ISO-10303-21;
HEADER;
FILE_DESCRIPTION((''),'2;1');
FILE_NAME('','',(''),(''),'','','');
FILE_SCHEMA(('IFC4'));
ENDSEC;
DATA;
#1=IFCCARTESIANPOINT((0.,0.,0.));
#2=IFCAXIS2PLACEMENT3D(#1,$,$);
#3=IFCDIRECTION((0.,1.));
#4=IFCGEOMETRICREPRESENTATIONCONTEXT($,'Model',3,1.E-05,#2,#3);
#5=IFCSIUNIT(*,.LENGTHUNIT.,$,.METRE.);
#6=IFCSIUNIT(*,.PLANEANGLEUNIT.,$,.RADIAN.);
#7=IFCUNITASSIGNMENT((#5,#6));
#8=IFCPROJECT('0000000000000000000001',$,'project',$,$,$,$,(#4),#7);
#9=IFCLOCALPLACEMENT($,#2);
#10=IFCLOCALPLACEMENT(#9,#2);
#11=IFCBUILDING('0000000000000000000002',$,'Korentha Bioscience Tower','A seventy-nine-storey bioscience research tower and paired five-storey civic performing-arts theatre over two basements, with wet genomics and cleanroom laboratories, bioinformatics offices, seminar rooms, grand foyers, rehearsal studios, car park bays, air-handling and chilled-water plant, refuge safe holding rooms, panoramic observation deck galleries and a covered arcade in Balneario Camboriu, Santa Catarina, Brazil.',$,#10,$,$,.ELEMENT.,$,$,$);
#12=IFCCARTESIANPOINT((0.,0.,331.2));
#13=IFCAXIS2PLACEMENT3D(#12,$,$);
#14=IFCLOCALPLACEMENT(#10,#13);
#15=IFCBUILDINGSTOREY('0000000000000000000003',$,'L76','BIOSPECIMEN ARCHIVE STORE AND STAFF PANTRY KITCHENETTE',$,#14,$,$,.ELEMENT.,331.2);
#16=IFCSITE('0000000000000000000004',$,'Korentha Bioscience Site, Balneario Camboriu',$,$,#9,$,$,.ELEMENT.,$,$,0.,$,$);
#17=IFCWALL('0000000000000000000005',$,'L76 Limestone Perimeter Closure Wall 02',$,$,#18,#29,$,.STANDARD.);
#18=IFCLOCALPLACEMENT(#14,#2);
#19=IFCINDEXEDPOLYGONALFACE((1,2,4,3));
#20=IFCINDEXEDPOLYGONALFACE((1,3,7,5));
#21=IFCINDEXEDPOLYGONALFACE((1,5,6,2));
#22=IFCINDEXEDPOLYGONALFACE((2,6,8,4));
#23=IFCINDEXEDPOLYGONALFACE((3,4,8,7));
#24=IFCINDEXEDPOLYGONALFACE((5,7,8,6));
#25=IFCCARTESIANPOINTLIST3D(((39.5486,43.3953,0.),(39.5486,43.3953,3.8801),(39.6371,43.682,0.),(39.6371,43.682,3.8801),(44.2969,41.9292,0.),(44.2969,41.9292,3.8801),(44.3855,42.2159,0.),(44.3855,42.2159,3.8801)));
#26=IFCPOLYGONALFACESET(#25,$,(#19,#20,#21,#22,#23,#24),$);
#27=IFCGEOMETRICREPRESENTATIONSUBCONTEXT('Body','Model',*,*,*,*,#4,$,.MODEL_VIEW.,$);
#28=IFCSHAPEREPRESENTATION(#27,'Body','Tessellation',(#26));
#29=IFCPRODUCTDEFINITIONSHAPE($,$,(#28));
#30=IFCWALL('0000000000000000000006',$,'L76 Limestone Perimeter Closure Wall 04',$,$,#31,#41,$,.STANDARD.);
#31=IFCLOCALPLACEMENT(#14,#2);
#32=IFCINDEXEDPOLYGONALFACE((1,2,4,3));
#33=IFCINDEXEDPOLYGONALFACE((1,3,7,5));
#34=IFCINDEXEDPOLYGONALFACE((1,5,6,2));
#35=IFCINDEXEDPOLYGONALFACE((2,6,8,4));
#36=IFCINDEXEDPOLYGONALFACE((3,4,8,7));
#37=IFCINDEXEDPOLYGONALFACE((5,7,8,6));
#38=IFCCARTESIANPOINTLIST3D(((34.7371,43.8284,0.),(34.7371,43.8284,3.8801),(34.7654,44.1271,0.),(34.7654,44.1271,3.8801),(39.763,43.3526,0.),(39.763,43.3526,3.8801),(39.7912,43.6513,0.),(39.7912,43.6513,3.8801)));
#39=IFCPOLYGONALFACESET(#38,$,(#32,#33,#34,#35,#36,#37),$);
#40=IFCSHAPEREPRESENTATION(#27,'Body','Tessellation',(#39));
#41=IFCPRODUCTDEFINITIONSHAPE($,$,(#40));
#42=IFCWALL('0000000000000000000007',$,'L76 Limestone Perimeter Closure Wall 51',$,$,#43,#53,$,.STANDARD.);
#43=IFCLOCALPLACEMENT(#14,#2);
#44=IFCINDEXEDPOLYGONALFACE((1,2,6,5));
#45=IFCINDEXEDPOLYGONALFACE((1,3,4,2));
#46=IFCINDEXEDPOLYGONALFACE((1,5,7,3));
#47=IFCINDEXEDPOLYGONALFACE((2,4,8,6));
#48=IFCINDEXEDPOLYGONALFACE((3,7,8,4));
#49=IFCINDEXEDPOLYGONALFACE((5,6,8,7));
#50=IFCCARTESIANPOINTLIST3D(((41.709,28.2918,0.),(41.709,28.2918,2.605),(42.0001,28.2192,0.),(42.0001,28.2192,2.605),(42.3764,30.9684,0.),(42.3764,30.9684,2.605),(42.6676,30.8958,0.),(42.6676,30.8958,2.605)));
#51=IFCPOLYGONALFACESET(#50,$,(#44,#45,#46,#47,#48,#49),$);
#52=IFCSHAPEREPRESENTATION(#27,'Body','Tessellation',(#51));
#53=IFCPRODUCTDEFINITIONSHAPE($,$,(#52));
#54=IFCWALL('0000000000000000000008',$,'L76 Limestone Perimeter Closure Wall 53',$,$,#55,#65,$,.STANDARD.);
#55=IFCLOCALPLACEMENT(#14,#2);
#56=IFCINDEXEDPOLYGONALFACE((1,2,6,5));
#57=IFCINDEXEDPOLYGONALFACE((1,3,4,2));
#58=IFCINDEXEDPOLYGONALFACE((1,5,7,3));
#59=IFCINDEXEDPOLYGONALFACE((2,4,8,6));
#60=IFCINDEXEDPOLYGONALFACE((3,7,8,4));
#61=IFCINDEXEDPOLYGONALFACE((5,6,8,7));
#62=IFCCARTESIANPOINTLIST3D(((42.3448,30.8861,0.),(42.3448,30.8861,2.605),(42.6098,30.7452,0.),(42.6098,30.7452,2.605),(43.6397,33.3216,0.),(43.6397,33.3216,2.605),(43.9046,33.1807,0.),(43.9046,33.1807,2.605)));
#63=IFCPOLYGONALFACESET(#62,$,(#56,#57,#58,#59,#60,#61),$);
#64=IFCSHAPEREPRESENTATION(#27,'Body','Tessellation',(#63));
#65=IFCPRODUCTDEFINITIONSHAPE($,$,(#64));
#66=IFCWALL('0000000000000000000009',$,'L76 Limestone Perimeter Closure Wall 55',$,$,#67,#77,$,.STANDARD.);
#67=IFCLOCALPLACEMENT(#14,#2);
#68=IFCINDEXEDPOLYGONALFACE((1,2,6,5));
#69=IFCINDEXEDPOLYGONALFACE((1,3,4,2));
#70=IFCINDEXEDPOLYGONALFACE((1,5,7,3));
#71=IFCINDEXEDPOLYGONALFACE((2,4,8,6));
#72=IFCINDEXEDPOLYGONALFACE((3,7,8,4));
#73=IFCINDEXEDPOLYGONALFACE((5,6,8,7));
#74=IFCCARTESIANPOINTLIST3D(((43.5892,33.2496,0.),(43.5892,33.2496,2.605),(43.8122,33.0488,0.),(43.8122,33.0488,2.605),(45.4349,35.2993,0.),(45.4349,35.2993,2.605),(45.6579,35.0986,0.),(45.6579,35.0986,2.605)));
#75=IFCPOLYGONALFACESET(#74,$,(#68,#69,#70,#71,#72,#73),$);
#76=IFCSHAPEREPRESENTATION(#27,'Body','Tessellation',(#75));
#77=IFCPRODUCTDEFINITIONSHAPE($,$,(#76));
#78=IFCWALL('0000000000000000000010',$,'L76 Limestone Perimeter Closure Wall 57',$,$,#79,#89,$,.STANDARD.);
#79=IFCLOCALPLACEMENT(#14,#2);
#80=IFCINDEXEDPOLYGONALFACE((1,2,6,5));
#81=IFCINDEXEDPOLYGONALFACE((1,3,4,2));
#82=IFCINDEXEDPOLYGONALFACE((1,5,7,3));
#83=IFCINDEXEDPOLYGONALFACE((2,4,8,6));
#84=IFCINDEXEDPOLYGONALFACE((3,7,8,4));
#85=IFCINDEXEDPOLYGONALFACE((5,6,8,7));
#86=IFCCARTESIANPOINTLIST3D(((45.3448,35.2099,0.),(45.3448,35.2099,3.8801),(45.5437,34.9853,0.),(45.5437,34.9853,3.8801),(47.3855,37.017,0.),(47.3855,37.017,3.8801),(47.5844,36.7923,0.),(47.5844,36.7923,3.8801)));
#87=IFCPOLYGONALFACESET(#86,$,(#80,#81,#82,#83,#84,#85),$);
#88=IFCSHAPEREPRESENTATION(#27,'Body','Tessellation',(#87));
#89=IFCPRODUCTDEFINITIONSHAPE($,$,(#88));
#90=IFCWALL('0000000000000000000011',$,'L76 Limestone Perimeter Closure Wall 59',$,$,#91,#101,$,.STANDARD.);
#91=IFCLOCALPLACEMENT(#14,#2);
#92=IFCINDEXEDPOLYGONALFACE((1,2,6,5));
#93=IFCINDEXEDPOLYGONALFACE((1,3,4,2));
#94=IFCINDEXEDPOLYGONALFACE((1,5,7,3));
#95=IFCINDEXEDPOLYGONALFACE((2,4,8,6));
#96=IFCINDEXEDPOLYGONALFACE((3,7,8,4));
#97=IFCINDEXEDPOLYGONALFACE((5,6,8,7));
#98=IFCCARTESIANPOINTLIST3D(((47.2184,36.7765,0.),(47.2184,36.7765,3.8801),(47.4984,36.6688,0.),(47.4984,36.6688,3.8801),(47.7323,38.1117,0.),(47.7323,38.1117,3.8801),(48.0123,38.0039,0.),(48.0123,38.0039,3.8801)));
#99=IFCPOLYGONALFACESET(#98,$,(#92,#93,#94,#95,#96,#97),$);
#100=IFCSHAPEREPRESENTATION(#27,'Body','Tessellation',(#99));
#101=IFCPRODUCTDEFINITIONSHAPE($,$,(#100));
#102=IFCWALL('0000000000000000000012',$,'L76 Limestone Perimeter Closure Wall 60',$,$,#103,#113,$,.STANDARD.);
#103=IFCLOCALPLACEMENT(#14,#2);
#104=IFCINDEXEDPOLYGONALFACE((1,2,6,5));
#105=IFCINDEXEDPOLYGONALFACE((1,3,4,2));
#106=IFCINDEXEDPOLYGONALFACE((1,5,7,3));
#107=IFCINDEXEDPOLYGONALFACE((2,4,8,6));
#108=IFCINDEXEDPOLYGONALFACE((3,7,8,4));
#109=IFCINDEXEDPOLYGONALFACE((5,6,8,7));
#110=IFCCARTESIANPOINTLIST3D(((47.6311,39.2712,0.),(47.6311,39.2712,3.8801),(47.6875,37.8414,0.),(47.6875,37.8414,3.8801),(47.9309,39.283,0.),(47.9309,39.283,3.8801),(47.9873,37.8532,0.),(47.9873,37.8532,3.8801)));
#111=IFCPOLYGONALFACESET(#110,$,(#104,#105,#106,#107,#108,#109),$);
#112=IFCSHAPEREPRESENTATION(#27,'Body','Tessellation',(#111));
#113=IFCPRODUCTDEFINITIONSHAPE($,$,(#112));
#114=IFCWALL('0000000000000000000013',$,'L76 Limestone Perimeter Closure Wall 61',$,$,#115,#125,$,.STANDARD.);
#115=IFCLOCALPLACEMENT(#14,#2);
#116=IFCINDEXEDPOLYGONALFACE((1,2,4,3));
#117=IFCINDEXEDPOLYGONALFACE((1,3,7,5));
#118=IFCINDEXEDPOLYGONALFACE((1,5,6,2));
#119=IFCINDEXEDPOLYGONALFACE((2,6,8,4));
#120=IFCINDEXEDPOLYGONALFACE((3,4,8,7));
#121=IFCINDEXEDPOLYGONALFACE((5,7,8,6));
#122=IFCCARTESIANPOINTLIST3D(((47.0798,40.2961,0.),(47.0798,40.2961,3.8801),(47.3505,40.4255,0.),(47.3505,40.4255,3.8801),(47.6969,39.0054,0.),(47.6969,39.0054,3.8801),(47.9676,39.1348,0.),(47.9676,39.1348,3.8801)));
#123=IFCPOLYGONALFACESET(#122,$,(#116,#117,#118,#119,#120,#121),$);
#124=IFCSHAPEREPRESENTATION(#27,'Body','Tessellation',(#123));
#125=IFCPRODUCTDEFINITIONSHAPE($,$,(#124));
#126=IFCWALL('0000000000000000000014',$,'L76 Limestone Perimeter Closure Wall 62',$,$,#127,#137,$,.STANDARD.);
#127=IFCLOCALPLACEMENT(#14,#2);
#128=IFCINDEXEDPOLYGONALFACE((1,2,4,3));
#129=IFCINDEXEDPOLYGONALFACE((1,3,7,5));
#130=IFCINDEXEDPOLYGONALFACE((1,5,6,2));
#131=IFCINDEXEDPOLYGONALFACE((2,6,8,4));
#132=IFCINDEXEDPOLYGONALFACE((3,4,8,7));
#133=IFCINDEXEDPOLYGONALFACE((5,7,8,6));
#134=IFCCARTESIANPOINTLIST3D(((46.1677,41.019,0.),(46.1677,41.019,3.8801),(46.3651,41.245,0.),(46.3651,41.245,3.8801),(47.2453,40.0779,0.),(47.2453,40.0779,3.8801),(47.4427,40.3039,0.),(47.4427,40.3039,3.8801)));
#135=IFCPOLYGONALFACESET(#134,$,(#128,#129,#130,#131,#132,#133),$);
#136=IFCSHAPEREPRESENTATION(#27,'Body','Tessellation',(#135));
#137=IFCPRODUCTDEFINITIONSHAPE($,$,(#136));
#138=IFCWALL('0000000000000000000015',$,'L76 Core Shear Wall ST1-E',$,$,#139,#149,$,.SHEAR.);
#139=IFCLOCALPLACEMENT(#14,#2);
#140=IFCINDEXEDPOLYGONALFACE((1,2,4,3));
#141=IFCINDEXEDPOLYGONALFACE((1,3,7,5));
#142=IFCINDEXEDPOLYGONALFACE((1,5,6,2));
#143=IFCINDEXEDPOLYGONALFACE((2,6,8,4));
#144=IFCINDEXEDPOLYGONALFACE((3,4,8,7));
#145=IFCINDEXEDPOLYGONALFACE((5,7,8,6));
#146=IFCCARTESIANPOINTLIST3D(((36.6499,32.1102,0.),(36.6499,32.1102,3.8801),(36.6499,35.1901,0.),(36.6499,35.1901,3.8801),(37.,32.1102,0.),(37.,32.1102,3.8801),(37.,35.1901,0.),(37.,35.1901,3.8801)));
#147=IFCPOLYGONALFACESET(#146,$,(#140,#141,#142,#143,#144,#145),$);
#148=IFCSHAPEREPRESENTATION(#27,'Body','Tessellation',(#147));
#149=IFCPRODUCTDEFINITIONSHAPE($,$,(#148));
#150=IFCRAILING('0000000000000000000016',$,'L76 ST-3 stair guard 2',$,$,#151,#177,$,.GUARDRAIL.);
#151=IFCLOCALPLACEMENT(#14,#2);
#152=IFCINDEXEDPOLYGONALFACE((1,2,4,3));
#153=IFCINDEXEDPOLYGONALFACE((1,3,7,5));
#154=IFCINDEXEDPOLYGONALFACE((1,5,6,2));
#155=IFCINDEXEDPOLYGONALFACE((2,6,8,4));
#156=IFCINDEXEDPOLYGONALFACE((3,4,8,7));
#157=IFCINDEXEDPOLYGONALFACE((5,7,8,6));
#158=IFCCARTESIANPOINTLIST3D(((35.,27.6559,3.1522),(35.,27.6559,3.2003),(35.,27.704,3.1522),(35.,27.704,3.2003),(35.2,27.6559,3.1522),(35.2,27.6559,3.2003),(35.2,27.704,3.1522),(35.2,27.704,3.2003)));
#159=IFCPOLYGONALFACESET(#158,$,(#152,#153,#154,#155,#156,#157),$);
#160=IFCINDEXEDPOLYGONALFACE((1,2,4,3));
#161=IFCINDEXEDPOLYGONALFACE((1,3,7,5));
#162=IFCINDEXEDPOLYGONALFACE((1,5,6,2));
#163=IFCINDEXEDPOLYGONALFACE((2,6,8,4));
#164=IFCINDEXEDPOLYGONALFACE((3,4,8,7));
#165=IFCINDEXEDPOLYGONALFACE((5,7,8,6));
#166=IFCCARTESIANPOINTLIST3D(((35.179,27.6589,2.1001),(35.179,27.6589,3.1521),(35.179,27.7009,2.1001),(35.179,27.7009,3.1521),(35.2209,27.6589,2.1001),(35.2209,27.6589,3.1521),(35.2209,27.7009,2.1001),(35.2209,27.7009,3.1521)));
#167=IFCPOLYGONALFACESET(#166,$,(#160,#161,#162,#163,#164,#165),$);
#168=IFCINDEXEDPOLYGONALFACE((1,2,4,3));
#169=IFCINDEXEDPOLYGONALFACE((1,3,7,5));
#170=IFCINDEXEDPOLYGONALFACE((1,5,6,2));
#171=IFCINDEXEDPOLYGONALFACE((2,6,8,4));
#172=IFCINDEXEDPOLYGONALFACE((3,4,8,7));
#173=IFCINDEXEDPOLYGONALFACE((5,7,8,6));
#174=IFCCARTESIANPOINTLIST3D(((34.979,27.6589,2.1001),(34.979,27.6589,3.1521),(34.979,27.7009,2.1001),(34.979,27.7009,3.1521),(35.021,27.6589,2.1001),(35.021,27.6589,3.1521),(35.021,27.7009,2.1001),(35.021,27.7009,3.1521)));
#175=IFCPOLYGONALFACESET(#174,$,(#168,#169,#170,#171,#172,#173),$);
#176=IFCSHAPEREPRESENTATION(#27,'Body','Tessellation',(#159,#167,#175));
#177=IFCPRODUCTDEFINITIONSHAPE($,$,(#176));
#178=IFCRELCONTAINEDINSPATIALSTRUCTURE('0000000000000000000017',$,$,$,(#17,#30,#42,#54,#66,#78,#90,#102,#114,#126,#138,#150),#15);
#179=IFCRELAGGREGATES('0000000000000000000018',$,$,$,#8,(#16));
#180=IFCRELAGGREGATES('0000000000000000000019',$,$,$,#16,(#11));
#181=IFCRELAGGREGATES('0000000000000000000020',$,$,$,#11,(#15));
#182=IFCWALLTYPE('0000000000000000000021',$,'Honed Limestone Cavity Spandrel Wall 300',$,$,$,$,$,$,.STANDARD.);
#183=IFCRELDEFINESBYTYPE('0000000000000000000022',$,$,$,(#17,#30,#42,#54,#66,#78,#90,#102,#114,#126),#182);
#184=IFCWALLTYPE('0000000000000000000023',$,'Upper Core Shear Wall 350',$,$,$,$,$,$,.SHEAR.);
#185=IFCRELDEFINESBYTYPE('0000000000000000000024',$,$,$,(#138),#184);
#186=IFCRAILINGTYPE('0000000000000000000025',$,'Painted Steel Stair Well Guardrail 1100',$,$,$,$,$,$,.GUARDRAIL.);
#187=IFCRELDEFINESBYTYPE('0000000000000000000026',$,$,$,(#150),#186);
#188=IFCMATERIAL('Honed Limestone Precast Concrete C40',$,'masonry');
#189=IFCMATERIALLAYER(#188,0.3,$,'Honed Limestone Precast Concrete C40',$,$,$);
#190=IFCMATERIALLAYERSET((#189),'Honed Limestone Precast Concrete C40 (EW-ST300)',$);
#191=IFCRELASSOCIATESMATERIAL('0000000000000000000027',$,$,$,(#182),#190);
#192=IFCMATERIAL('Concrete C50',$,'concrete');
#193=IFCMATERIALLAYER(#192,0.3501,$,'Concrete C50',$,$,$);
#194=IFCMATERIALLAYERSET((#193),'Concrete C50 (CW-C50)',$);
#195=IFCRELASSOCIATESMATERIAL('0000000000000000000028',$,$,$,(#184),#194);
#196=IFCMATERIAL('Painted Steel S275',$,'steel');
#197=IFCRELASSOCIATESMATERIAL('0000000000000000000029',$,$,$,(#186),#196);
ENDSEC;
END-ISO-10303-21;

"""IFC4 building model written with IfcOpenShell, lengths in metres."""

from ifc_helpers import new_model, si_unit, direction, frame, frame_2d, origin, origin_2d, place, context, subcontext, project, spatial, rectangle, extrude, material, layer, layer_set, type_object, element, save


model = new_model("IFC4")

# Units and contexts
model_context = context("Model", 3, precision=1e-05, world=origin(), true_north=direction((0.0, 1.0)))
body_context = subcontext(model_context, "Body", "Model", "MODEL_VIEW")
ifc_project = project(units=[si_unit("LENGTHUNIT", "METRE"), si_unit("PLANEANGLEUNIT", "RADIAN")], contexts=[model_context])

# Site, building, storey
site_placement = place(None, origin())
site = spatial("IfcSite", under=ifc_project, at=site_placement, Name="Korentha Bioscience Site, Balneario Camboriu", CompositionType="ELEMENT", RefElevation=0.0)
building_placement = place(site_placement, origin())
building = spatial("IfcBuilding", under=site, at=building_placement, Name="Korentha Bioscience Tower", Description="A seventy-nine-storey bioscience research tower and paired five-storey civic performing-arts theatre over two basements, with wet genomics and cleanroom laboratories, bioinformatics offices, seminar rooms, grand foyers, rehearsal studios, car park bays, air-handling and chilled-water plant, refuge safe holding rooms, panoramic observation deck galleries and a covered arcade in Balneario Camboriu, Santa Catarina, Brazil.", CompositionType="ELEMENT")
storey_placement = place(building_placement, frame((0.0, 0.0, 331.2)))
storey = spatial("IfcBuildingStorey", under=building, at=storey_placement, Name="L76", Description="BIOSPECIMEN ARCHIVE STORE AND STAFF PANTRY KITCHENETTE", CompositionType="ELEMENT", Elevation=331.2)

# Shared definitions
ifc_material_1 = material(Name="Concrete C50", Category="concrete")

# Walls
ifc_material_2 = material(Name="Honed Limestone Precast Concrete C40", Category="masonry")
ifc_layer_1 = layer(ifc_material_2, 0.3, Name="Honed Limestone Precast Concrete C40")
ifc_layer_set_1 = layer_set([ifc_layer_1], Name="Honed Limestone Precast Concrete C40 (EW-ST300)")
wall_type_1 = type_object("IfcWallType", Name="Honed Limestone Cavity Spandrel Wall 300", PredefinedType="STANDARD", material=ifc_layer_set_1)
wall_1_placement = place(storey_placement, frame((44.3413, 42.0725, 0.0), z_axis=(0.0, 0.0, 1.0), x_axis=(-0.955493, 0.295014, 0.0)))
element("IfcWall", 1, at=wall_1_placement, inside=storey, type_object=wall_type_1, Name="L76 Limestone Perimeter Closure Wall 02", PredefinedType="STANDARD", context=body_context, shape_type="SweptSolid", body=[
    extrude(rectangle(XDim=4.9695, YDim=0.3, at=frame_2d((2.4849, 0.0))), origin(), (0.0, 0.0, 1.0), 3.8801),
])
wall_2_placement = place(storey_placement, frame((39.7771, 43.502, 0.0), z_axis=(0.0, 0.0, 1.0), x_axis=(-0.995548, 0.094255, 0.0)))
element("IfcWall", 2, at=wall_2_placement, inside=storey, type_object=wall_type_1, Name="L76 Limestone Perimeter Closure Wall 04", PredefinedType="STANDARD", context=body_context, shape_type="SweptSolid", body=[
    extrude(rectangle(XDim=5.0483, YDim=0.3, at=frame_2d((2.5242, 0.0))), origin(), (0.0, 0.0, 1.0), 3.8801),
])
wall_3_placement = place(storey_placement, frame((41.8545, 28.2554, 0.0), z_axis=(0.0, 0.0, 1.0), x_axis=(0.241973, 0.970283, 0.0)))
element("IfcWall", 3, at=wall_3_placement, inside=storey, type_object=wall_type_1, Name="L76 Limestone Perimeter Closure Wall 51", PredefinedType="STANDARD", context=body_context, shape_type="SweptSolid", body=[
    extrude(rectangle(XDim=2.7585, YDim=0.3, at=frame_2d((1.3794, 0.0))), origin(), (0.0, 0.0, 1.0), 2.605),
])
for number, where, z_axis, x_axis, name in (
    (4, (42.4773, 30.8157, 0.0), (0.0, 0.0, 1.0), (0.469449, 0.88296, 0.0), "L76 Limestone Perimeter Closure Wall 53"),
    (5, (43.7007, 33.1492, 0.0), (0.0, 0.0, 1.0), (0.669141, 0.743136, 0.0), "L76 Limestone Perimeter Closure Wall 55"),
):
    element("IfcWall", number, at=place(storey_placement, frame(where, z_axis=z_axis, x_axis=x_axis)), inside=storey, type_object=wall_type_1, Name=name, PredefinedType="STANDARD", context=body_context, shape_type="SweptSolid", body=[
        extrude(rectangle(XDim=2.7583, YDim=0.3, at=frame_2d((1.3792, 0.0))), origin(), (0.0, 0.0, 1.0), 2.605),
    ])
wall_4_placement = place(storey_placement, frame((45.4443, 35.0977, 0.0), z_axis=(0.0, 0.0, 1.0), x_axis=(0.748663, 0.662951, 0.0)))
element("IfcWall", 6, at=wall_4_placement, inside=storey, type_object=wall_type_1, Name="L76 Limestone Perimeter Closure Wall 57", PredefinedType="STANDARD", context=body_context, shape_type="SweptSolid", body=[
    extrude(rectangle(XDim=2.7258, YDim=0.3, at=frame_2d((1.3628, 0.0))), origin(), (0.0, 0.0, 1.0), 3.8801),
])
wall_5_placement = place(storey_placement, frame((47.3584, 36.7227, 0.0), z_axis=(0.0, 0.0, 1.0), x_axis=(0.359208, 0.933258, 0.0)))
element("IfcWall", 7, at=wall_5_placement, inside=storey, type_object=wall_type_1, Name="L76 Limestone Perimeter Closure Wall 59", PredefinedType="STANDARD", context=body_context, shape_type="SweptSolid", body=[
    extrude(rectangle(XDim=1.4307, YDim=0.3, at=frame_2d((0.7153, 0.0))), origin(), (0.0, 0.0, 1.0), 3.8801),
])
wall_6_placement = place(storey_placement, frame((47.8374, 37.8474, 0.0), z_axis=(0.0, 0.0, 1.0), x_axis=(-0.039416, 0.999223, 0.0)))
element("IfcWall", 8, at=wall_6_placement, inside=storey, type_object=wall_type_1, Name="L76 Limestone Perimeter Closure Wall 60", PredefinedType="STANDARD", context=body_context, shape_type="SweptSolid", body=[
    extrude(rectangle(XDim=1.4309, YDim=0.3, at=frame_2d((0.7153, 0.0))), origin(), (0.0, 0.0, 1.0), 3.8801),
])
for number, where, z_axis, x_axis, name in (
    (9, (47.8323, 39.0701, 0.0), (0.0, 0.0, 1.0), (-0.431377, 0.902172, 0.0), "L76 Limestone Perimeter Closure Wall 61"),
    (10, (47.344, 40.1909, 0.0), (0.0, 0.0, 1.0), (-0.753189, 0.657804, 0.0), "L76 Limestone Perimeter Closure Wall 62"),
):
    element("IfcWall", number, at=place(storey_placement, frame(where, z_axis=z_axis, x_axis=x_axis)), inside=storey, type_object=wall_type_1, Name=name, PredefinedType="STANDARD", context=body_context, shape_type="SweptSolid", body=[
        extrude(rectangle(XDim=1.4307, YDim=0.3, at=frame_2d((0.7153, 0.0))), origin(), (0.0, 0.0, 1.0), 3.8801),
    ])
ifc_layer_2 = layer(ifc_material_1, 0.3501, Name="Concrete C50")
ifc_layer_set_2 = layer_set([ifc_layer_2], Name="Concrete C50 (CW-C50)")
wall_type_2 = type_object("IfcWallType", Name="Upper Core Shear Wall 350", PredefinedType="SHEAR", material=ifc_layer_set_2)
wall_7_placement = place(storey_placement, frame((36.825, 32.1101, 0.0), z_axis=(0.0, 0.0, 1.0), x_axis=(0.0, 1.0, 0.0)))
element("IfcWall", 11, at=wall_7_placement, inside=storey, type_object=wall_type_2, Name="L76 Core Shear Wall ST1-E", PredefinedType="SHEAR", context=body_context, shape_type="SweptSolid", body=[
    extrude(rectangle(XDim=3.0798, YDim=0.3501, at=frame_2d((1.54, 0.0))), origin(), (0.0, 0.0, 1.0), 3.8801),
])

# Railing
ifc_material_3 = material(Name="Painted Steel S275", Category="steel")
railing_type = type_object("IfcRailingType", Name="Painted Steel Stair Well Guardrail 1100", PredefinedType="GUARDRAIL", material=ifc_material_3)
railing_placement = place(storey_placement, frame((35.2, 27.6799, 2.1001)))
element("IfcRailing", 12, at=railing_placement, inside=storey, type_object=railing_type, Name="L76 ST-3 stair guard 2", PredefinedType="GUARDRAIL", context=body_context, shape_type="SweptSolid", body=[
    extrude(rectangle(XDim=0.0481, YDim=0.0481, at=origin_2d()), frame((0.0, 0.0, 1.0762), z_axis=(-1.0, 0.0, 0.0), x_axis=(0.0, -1.0, 0.0)), (0.0, 0.0, 1.0), 0.2),
    extrude(rectangle(XDim=0.042, YDim=0.042, at=origin_2d()), origin(), (0.0, 0.0, 1.0), 1.052),
    extrude(rectangle(XDim=0.042, YDim=0.042, at=origin_2d()), frame((-0.2, 0.0, 0.0)), (0.0, 0.0, 1.0), 1.052),
])

save(model, "model.ifc")
